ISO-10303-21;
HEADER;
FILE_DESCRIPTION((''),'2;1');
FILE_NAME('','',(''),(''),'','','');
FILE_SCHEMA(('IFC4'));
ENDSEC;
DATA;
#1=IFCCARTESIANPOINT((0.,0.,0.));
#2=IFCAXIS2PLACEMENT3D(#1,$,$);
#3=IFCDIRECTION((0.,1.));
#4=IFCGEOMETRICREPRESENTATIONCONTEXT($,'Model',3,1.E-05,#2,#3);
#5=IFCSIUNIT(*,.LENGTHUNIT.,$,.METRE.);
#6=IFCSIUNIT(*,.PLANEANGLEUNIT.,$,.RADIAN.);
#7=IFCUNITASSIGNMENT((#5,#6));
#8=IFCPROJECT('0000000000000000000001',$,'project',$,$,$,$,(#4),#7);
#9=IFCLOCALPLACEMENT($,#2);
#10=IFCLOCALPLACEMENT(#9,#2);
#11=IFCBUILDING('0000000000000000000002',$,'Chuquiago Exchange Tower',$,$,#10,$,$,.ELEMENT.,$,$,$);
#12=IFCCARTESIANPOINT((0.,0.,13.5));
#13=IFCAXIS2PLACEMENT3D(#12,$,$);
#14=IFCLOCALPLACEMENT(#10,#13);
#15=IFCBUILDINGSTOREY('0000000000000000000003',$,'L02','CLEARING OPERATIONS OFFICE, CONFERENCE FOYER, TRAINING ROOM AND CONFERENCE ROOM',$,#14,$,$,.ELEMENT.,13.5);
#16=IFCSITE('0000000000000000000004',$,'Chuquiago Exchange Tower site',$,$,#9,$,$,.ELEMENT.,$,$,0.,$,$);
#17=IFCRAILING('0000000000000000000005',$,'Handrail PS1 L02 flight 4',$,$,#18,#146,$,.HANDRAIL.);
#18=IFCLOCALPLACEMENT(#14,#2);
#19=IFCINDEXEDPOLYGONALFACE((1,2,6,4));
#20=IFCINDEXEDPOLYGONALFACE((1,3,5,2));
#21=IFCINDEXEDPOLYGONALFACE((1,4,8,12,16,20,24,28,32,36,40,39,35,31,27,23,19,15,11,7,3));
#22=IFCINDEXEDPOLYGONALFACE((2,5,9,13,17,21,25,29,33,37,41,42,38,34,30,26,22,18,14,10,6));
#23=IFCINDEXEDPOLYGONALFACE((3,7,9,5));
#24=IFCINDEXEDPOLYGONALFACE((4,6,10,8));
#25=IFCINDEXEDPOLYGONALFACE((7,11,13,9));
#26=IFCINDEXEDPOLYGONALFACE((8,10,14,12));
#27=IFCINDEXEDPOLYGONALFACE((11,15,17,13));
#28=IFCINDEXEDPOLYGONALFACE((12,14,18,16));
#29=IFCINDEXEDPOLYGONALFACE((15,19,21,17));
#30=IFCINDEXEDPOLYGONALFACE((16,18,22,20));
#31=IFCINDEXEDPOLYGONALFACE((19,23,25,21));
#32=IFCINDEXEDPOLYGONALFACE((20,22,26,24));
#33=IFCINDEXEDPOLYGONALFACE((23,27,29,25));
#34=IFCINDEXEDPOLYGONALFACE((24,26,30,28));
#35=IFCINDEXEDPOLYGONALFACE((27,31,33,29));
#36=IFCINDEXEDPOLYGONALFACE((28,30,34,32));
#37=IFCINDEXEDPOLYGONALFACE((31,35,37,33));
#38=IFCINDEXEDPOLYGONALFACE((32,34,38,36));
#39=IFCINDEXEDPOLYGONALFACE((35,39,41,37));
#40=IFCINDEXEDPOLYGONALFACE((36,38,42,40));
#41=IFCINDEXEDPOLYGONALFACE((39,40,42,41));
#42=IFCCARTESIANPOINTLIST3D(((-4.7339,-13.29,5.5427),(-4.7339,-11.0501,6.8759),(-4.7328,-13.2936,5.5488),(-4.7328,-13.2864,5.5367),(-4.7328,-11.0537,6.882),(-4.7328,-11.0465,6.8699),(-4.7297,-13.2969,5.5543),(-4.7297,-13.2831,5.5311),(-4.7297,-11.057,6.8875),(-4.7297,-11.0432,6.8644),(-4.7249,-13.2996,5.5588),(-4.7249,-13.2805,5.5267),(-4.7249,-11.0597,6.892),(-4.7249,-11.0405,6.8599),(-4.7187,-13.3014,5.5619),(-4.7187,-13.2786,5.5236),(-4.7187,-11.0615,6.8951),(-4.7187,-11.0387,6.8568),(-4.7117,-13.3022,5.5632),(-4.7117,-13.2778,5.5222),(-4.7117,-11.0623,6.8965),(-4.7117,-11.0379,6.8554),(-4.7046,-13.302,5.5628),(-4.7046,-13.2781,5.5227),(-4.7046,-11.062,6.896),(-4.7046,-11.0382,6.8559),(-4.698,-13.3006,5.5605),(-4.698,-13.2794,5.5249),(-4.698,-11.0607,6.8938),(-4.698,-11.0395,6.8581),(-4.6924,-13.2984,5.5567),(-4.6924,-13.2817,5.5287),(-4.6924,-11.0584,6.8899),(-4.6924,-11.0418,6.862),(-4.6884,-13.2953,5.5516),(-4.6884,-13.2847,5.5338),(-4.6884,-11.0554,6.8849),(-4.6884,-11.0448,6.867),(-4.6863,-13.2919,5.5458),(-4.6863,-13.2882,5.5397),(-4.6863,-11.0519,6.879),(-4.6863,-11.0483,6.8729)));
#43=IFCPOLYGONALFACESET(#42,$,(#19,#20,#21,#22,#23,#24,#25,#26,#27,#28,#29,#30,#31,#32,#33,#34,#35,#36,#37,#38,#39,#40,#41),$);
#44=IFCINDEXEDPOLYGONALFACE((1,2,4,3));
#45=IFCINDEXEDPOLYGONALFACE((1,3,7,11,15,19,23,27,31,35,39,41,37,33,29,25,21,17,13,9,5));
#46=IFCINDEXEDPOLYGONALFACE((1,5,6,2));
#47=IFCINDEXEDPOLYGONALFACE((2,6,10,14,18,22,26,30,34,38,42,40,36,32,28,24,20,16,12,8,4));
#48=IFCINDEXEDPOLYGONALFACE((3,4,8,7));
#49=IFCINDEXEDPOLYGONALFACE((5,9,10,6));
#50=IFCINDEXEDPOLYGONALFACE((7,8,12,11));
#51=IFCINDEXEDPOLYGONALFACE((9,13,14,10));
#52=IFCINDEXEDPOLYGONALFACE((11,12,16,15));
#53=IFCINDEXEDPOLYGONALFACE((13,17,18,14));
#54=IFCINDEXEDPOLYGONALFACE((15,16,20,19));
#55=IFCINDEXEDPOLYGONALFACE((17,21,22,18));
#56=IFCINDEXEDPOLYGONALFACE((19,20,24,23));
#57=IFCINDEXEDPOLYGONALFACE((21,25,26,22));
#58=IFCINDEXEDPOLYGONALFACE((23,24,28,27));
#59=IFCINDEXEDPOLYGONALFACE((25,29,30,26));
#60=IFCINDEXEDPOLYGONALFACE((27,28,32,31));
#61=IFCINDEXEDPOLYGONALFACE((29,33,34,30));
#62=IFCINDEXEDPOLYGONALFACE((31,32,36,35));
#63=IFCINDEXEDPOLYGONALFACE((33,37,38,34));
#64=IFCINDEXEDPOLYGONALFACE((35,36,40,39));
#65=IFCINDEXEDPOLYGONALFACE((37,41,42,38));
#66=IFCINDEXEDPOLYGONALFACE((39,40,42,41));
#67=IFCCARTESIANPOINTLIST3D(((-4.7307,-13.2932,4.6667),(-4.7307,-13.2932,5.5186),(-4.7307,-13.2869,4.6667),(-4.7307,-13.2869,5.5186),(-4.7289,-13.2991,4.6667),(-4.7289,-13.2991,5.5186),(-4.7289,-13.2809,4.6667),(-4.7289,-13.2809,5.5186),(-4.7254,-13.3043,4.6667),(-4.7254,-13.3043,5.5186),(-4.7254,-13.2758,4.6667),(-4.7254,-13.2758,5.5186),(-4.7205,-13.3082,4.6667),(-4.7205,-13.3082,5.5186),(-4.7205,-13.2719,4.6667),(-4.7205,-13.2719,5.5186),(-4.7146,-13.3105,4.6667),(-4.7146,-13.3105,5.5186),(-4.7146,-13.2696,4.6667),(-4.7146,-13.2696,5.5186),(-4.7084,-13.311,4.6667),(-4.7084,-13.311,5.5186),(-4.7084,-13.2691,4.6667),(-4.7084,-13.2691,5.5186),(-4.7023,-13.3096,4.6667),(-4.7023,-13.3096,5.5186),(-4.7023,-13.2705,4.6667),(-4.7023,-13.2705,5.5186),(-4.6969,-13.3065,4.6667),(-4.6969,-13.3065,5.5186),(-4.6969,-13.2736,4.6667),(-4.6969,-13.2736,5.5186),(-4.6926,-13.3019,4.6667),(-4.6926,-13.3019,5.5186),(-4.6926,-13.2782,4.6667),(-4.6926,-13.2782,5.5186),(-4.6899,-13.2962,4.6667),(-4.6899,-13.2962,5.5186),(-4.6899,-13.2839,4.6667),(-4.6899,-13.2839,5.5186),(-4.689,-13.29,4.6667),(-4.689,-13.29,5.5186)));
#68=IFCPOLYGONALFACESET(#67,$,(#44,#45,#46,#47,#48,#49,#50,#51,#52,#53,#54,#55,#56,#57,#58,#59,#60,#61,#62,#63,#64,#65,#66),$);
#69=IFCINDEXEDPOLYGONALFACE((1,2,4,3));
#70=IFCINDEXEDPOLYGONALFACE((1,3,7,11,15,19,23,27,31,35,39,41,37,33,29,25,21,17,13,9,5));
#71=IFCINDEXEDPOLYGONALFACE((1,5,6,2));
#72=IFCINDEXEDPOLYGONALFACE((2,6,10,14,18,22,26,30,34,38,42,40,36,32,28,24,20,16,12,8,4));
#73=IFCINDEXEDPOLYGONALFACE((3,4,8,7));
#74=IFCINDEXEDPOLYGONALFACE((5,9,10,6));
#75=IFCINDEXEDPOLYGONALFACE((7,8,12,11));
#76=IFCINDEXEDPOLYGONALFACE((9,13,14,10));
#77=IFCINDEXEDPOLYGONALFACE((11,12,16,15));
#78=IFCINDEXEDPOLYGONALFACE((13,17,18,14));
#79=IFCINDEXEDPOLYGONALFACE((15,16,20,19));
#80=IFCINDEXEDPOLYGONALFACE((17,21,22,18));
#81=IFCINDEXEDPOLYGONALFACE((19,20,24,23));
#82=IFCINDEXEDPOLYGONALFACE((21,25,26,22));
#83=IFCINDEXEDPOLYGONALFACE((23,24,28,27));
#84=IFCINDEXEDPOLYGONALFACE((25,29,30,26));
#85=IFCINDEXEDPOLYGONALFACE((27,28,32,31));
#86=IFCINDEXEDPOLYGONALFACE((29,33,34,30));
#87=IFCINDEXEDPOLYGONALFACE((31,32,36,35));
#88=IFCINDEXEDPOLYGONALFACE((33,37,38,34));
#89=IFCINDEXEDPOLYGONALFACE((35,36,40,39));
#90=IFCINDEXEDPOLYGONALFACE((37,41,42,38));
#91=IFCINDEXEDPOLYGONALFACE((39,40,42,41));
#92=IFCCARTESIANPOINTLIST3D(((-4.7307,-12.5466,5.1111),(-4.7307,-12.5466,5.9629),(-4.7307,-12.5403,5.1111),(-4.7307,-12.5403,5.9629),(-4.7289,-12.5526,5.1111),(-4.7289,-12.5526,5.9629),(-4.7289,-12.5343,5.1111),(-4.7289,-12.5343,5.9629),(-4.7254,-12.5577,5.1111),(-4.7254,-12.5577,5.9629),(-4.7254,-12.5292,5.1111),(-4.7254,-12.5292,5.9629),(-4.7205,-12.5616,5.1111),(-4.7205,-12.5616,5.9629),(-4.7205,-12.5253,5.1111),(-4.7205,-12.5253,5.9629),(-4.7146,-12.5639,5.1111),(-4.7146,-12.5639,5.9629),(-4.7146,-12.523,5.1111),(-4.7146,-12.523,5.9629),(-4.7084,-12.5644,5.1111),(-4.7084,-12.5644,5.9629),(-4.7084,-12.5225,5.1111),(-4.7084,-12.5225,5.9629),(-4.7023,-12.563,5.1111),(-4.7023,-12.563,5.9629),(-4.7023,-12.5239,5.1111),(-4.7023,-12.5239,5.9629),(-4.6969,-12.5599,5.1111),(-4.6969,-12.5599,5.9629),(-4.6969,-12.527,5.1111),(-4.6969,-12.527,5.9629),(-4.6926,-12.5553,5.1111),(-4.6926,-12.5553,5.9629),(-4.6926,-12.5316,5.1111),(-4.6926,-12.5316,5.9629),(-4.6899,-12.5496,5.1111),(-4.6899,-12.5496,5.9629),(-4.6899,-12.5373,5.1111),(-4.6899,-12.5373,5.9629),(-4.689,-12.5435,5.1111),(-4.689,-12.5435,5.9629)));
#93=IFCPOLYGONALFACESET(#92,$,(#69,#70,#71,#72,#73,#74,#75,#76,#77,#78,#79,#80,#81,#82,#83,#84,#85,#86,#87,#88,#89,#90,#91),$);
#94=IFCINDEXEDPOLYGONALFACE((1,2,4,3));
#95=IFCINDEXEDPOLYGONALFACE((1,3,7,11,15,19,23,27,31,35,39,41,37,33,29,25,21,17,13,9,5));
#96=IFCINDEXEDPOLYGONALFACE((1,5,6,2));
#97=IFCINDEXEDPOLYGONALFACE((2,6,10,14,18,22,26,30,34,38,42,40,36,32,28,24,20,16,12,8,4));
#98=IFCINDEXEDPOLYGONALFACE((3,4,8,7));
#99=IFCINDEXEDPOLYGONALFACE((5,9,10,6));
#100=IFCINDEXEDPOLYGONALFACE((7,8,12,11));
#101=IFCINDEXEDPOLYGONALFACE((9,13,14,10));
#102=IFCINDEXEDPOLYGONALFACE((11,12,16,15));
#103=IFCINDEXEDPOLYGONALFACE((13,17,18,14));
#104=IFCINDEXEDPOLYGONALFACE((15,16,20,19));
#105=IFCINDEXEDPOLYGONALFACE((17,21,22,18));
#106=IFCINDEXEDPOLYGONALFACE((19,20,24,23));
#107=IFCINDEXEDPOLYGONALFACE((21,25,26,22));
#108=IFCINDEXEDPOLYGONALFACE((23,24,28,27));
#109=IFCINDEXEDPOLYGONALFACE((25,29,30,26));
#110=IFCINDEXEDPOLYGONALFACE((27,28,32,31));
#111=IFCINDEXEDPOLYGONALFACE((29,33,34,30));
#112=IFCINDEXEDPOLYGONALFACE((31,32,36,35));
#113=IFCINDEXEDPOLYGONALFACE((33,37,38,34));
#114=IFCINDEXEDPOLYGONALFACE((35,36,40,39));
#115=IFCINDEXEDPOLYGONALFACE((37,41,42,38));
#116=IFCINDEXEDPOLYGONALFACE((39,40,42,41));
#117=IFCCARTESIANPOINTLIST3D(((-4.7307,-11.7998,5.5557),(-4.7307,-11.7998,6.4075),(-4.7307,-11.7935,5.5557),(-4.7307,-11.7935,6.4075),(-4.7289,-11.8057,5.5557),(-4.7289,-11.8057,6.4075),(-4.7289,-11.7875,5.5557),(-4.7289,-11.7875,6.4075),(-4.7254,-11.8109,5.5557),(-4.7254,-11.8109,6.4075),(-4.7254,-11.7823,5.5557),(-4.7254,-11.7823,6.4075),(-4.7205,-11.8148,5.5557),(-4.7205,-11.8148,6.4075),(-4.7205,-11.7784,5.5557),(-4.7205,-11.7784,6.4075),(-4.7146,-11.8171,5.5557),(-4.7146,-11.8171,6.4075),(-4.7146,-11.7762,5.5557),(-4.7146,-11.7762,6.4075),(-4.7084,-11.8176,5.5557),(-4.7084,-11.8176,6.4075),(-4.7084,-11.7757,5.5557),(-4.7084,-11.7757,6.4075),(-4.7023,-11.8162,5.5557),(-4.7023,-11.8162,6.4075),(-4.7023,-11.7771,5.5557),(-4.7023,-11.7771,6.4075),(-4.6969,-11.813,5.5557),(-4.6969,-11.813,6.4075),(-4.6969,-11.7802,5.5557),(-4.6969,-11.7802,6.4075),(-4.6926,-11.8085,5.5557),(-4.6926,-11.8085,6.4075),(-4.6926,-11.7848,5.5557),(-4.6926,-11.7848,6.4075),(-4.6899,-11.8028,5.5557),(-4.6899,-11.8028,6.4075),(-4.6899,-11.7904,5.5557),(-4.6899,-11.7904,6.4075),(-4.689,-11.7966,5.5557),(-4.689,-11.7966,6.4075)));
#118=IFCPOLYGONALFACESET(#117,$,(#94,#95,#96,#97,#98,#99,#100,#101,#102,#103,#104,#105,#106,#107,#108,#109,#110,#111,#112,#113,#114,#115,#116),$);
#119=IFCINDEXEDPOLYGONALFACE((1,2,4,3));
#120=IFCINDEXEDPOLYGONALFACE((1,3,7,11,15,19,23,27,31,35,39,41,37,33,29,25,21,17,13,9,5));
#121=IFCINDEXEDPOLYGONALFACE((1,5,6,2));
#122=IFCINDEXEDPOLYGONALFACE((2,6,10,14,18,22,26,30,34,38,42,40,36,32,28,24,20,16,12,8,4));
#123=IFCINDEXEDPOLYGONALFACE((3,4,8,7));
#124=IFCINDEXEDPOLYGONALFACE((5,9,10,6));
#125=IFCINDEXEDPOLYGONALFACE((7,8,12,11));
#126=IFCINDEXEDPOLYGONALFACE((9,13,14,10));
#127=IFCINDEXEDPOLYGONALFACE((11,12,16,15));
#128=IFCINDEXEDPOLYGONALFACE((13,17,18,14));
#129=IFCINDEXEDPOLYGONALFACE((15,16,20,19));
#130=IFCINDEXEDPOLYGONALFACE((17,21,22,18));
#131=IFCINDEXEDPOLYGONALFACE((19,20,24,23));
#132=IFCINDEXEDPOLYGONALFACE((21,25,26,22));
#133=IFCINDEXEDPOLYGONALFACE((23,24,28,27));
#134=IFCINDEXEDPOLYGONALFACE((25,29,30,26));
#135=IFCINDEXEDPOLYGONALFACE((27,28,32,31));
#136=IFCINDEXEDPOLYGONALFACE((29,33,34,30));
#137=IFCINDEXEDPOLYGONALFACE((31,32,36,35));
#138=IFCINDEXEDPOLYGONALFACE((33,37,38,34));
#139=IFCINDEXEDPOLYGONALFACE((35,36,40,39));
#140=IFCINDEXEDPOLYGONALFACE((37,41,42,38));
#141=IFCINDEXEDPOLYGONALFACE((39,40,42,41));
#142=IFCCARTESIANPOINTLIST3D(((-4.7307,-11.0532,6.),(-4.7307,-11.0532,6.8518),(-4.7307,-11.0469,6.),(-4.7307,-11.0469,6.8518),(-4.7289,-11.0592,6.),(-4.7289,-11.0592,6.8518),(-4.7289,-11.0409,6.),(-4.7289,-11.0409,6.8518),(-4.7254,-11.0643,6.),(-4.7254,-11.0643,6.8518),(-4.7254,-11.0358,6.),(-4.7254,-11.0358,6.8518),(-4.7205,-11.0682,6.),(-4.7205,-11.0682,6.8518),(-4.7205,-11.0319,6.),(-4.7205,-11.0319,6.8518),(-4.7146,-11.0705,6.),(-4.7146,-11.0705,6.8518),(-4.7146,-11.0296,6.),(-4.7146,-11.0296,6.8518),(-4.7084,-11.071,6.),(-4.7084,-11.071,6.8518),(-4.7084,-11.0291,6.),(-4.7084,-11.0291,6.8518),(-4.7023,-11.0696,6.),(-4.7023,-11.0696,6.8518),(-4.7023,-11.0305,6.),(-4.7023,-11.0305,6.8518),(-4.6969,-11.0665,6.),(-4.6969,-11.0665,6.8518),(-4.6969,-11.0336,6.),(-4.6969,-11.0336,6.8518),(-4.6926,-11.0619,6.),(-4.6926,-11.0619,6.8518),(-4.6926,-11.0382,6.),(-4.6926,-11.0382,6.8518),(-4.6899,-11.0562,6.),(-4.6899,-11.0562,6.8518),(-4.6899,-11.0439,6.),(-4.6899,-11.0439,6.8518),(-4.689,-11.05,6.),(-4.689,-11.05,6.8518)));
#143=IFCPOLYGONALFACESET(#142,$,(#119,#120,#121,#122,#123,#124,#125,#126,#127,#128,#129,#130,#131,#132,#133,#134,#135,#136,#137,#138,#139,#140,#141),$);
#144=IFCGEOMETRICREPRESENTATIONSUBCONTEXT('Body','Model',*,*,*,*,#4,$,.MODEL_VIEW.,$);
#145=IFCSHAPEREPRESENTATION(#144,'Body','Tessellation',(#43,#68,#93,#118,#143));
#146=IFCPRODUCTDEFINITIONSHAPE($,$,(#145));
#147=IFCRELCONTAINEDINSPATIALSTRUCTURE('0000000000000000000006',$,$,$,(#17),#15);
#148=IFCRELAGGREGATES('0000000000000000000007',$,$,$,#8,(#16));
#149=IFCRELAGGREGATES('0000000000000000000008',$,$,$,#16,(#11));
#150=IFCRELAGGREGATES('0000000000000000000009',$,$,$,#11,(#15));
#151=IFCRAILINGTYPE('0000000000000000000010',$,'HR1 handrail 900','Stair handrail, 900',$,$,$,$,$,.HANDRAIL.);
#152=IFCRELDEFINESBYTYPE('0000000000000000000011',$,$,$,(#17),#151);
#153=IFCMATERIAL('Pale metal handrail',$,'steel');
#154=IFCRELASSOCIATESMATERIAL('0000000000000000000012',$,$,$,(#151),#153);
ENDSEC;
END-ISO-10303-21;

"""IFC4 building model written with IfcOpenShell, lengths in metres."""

from ifc_helpers import new_model, si_unit, direction, frame, origin, origin_2d, place, context, subcontext, project, spatial, circle, extrude, material, type_object, element, save


model = new_model("IFC4")

# Units and contexts
model_context = context("Model", 3, precision=1e-05, world=origin(), true_north=direction((0.0, 1.0)))
body_context = subcontext(model_context, "Body", "Model", "MODEL_VIEW")
ifc_project = project(units=[si_unit("LENGTHUNIT", "METRE"), si_unit("PLANEANGLEUNIT", "RADIAN")], contexts=[model_context])

# Site, building, storey
site_placement = place(None, origin())
site = spatial("IfcSite", under=ifc_project, at=site_placement, Name="Chuquiago Exchange Tower site", CompositionType="ELEMENT", RefElevation=0.0)
building_placement = place(site_placement, origin())
building = spatial("IfcBuilding", under=site, at=building_placement, Name="Chuquiago Exchange Tower", CompositionType="ELEMENT")
storey_placement = place(building_placement, frame((0.0, 0.0, 13.5)))
storey = spatial("IfcBuildingStorey", under=building, at=storey_placement, Name="L02", Description="CLEARING OPERATIONS OFFICE, CONFERENCE FOYER, TRAINING ROOM AND CONFERENCE ROOM", CompositionType="ELEMENT", Elevation=13.5)

# Railing
ifc_material_1 = material(Name="Pale metal handrail", Category="steel")
railing_type = type_object("IfcRailingType", Name="HR1 handrail 900", Description="Stair handrail, 900", PredefinedType="HANDRAIL", material=ifc_material_1)
for number, where, name in (
    (1, (-4.71, -13.29, 4.6667), "Handrail PS1 L02 flight 4"),
):
    element("IfcRailing", number, at=place(storey_placement, frame(where)), inside=storey, type_object=railing_type, Name=name, PredefinedType="HANDRAIL", context=body_context, shape_type="SweptSolid", body=[
        extrude(circle(Radius=0.0239, at=origin_2d()), frame((0.0, 0.0, 0.876), z_axis=(0.0, 0.859306, 0.511462), x_axis=(-1.0, 0.0, 0.0)), (0.0, 0.0, 1.0), 2.6067),
        extrude(circle(Radius=0.021, at=origin_2d()), origin(), (0.0, 0.0, 1.0), 0.8518),
        extrude(circle(Radius=0.021, at=origin_2d()), frame((0.0, 0.7466, 0.4443)), (0.0, 0.0, 1.0), 0.8518),
        extrude(circle(Radius=0.021, at=origin_2d()), frame((0.0, 1.4934, 0.8889)), (0.0, 0.0, 1.0), 0.8518),
        extrude(circle(Radius=0.021, at=origin_2d()), frame((0.0, 2.24, 1.3333)), (0.0, 0.0, 1.0), 0.8518),
    ])

save(model, "model.ifc")
